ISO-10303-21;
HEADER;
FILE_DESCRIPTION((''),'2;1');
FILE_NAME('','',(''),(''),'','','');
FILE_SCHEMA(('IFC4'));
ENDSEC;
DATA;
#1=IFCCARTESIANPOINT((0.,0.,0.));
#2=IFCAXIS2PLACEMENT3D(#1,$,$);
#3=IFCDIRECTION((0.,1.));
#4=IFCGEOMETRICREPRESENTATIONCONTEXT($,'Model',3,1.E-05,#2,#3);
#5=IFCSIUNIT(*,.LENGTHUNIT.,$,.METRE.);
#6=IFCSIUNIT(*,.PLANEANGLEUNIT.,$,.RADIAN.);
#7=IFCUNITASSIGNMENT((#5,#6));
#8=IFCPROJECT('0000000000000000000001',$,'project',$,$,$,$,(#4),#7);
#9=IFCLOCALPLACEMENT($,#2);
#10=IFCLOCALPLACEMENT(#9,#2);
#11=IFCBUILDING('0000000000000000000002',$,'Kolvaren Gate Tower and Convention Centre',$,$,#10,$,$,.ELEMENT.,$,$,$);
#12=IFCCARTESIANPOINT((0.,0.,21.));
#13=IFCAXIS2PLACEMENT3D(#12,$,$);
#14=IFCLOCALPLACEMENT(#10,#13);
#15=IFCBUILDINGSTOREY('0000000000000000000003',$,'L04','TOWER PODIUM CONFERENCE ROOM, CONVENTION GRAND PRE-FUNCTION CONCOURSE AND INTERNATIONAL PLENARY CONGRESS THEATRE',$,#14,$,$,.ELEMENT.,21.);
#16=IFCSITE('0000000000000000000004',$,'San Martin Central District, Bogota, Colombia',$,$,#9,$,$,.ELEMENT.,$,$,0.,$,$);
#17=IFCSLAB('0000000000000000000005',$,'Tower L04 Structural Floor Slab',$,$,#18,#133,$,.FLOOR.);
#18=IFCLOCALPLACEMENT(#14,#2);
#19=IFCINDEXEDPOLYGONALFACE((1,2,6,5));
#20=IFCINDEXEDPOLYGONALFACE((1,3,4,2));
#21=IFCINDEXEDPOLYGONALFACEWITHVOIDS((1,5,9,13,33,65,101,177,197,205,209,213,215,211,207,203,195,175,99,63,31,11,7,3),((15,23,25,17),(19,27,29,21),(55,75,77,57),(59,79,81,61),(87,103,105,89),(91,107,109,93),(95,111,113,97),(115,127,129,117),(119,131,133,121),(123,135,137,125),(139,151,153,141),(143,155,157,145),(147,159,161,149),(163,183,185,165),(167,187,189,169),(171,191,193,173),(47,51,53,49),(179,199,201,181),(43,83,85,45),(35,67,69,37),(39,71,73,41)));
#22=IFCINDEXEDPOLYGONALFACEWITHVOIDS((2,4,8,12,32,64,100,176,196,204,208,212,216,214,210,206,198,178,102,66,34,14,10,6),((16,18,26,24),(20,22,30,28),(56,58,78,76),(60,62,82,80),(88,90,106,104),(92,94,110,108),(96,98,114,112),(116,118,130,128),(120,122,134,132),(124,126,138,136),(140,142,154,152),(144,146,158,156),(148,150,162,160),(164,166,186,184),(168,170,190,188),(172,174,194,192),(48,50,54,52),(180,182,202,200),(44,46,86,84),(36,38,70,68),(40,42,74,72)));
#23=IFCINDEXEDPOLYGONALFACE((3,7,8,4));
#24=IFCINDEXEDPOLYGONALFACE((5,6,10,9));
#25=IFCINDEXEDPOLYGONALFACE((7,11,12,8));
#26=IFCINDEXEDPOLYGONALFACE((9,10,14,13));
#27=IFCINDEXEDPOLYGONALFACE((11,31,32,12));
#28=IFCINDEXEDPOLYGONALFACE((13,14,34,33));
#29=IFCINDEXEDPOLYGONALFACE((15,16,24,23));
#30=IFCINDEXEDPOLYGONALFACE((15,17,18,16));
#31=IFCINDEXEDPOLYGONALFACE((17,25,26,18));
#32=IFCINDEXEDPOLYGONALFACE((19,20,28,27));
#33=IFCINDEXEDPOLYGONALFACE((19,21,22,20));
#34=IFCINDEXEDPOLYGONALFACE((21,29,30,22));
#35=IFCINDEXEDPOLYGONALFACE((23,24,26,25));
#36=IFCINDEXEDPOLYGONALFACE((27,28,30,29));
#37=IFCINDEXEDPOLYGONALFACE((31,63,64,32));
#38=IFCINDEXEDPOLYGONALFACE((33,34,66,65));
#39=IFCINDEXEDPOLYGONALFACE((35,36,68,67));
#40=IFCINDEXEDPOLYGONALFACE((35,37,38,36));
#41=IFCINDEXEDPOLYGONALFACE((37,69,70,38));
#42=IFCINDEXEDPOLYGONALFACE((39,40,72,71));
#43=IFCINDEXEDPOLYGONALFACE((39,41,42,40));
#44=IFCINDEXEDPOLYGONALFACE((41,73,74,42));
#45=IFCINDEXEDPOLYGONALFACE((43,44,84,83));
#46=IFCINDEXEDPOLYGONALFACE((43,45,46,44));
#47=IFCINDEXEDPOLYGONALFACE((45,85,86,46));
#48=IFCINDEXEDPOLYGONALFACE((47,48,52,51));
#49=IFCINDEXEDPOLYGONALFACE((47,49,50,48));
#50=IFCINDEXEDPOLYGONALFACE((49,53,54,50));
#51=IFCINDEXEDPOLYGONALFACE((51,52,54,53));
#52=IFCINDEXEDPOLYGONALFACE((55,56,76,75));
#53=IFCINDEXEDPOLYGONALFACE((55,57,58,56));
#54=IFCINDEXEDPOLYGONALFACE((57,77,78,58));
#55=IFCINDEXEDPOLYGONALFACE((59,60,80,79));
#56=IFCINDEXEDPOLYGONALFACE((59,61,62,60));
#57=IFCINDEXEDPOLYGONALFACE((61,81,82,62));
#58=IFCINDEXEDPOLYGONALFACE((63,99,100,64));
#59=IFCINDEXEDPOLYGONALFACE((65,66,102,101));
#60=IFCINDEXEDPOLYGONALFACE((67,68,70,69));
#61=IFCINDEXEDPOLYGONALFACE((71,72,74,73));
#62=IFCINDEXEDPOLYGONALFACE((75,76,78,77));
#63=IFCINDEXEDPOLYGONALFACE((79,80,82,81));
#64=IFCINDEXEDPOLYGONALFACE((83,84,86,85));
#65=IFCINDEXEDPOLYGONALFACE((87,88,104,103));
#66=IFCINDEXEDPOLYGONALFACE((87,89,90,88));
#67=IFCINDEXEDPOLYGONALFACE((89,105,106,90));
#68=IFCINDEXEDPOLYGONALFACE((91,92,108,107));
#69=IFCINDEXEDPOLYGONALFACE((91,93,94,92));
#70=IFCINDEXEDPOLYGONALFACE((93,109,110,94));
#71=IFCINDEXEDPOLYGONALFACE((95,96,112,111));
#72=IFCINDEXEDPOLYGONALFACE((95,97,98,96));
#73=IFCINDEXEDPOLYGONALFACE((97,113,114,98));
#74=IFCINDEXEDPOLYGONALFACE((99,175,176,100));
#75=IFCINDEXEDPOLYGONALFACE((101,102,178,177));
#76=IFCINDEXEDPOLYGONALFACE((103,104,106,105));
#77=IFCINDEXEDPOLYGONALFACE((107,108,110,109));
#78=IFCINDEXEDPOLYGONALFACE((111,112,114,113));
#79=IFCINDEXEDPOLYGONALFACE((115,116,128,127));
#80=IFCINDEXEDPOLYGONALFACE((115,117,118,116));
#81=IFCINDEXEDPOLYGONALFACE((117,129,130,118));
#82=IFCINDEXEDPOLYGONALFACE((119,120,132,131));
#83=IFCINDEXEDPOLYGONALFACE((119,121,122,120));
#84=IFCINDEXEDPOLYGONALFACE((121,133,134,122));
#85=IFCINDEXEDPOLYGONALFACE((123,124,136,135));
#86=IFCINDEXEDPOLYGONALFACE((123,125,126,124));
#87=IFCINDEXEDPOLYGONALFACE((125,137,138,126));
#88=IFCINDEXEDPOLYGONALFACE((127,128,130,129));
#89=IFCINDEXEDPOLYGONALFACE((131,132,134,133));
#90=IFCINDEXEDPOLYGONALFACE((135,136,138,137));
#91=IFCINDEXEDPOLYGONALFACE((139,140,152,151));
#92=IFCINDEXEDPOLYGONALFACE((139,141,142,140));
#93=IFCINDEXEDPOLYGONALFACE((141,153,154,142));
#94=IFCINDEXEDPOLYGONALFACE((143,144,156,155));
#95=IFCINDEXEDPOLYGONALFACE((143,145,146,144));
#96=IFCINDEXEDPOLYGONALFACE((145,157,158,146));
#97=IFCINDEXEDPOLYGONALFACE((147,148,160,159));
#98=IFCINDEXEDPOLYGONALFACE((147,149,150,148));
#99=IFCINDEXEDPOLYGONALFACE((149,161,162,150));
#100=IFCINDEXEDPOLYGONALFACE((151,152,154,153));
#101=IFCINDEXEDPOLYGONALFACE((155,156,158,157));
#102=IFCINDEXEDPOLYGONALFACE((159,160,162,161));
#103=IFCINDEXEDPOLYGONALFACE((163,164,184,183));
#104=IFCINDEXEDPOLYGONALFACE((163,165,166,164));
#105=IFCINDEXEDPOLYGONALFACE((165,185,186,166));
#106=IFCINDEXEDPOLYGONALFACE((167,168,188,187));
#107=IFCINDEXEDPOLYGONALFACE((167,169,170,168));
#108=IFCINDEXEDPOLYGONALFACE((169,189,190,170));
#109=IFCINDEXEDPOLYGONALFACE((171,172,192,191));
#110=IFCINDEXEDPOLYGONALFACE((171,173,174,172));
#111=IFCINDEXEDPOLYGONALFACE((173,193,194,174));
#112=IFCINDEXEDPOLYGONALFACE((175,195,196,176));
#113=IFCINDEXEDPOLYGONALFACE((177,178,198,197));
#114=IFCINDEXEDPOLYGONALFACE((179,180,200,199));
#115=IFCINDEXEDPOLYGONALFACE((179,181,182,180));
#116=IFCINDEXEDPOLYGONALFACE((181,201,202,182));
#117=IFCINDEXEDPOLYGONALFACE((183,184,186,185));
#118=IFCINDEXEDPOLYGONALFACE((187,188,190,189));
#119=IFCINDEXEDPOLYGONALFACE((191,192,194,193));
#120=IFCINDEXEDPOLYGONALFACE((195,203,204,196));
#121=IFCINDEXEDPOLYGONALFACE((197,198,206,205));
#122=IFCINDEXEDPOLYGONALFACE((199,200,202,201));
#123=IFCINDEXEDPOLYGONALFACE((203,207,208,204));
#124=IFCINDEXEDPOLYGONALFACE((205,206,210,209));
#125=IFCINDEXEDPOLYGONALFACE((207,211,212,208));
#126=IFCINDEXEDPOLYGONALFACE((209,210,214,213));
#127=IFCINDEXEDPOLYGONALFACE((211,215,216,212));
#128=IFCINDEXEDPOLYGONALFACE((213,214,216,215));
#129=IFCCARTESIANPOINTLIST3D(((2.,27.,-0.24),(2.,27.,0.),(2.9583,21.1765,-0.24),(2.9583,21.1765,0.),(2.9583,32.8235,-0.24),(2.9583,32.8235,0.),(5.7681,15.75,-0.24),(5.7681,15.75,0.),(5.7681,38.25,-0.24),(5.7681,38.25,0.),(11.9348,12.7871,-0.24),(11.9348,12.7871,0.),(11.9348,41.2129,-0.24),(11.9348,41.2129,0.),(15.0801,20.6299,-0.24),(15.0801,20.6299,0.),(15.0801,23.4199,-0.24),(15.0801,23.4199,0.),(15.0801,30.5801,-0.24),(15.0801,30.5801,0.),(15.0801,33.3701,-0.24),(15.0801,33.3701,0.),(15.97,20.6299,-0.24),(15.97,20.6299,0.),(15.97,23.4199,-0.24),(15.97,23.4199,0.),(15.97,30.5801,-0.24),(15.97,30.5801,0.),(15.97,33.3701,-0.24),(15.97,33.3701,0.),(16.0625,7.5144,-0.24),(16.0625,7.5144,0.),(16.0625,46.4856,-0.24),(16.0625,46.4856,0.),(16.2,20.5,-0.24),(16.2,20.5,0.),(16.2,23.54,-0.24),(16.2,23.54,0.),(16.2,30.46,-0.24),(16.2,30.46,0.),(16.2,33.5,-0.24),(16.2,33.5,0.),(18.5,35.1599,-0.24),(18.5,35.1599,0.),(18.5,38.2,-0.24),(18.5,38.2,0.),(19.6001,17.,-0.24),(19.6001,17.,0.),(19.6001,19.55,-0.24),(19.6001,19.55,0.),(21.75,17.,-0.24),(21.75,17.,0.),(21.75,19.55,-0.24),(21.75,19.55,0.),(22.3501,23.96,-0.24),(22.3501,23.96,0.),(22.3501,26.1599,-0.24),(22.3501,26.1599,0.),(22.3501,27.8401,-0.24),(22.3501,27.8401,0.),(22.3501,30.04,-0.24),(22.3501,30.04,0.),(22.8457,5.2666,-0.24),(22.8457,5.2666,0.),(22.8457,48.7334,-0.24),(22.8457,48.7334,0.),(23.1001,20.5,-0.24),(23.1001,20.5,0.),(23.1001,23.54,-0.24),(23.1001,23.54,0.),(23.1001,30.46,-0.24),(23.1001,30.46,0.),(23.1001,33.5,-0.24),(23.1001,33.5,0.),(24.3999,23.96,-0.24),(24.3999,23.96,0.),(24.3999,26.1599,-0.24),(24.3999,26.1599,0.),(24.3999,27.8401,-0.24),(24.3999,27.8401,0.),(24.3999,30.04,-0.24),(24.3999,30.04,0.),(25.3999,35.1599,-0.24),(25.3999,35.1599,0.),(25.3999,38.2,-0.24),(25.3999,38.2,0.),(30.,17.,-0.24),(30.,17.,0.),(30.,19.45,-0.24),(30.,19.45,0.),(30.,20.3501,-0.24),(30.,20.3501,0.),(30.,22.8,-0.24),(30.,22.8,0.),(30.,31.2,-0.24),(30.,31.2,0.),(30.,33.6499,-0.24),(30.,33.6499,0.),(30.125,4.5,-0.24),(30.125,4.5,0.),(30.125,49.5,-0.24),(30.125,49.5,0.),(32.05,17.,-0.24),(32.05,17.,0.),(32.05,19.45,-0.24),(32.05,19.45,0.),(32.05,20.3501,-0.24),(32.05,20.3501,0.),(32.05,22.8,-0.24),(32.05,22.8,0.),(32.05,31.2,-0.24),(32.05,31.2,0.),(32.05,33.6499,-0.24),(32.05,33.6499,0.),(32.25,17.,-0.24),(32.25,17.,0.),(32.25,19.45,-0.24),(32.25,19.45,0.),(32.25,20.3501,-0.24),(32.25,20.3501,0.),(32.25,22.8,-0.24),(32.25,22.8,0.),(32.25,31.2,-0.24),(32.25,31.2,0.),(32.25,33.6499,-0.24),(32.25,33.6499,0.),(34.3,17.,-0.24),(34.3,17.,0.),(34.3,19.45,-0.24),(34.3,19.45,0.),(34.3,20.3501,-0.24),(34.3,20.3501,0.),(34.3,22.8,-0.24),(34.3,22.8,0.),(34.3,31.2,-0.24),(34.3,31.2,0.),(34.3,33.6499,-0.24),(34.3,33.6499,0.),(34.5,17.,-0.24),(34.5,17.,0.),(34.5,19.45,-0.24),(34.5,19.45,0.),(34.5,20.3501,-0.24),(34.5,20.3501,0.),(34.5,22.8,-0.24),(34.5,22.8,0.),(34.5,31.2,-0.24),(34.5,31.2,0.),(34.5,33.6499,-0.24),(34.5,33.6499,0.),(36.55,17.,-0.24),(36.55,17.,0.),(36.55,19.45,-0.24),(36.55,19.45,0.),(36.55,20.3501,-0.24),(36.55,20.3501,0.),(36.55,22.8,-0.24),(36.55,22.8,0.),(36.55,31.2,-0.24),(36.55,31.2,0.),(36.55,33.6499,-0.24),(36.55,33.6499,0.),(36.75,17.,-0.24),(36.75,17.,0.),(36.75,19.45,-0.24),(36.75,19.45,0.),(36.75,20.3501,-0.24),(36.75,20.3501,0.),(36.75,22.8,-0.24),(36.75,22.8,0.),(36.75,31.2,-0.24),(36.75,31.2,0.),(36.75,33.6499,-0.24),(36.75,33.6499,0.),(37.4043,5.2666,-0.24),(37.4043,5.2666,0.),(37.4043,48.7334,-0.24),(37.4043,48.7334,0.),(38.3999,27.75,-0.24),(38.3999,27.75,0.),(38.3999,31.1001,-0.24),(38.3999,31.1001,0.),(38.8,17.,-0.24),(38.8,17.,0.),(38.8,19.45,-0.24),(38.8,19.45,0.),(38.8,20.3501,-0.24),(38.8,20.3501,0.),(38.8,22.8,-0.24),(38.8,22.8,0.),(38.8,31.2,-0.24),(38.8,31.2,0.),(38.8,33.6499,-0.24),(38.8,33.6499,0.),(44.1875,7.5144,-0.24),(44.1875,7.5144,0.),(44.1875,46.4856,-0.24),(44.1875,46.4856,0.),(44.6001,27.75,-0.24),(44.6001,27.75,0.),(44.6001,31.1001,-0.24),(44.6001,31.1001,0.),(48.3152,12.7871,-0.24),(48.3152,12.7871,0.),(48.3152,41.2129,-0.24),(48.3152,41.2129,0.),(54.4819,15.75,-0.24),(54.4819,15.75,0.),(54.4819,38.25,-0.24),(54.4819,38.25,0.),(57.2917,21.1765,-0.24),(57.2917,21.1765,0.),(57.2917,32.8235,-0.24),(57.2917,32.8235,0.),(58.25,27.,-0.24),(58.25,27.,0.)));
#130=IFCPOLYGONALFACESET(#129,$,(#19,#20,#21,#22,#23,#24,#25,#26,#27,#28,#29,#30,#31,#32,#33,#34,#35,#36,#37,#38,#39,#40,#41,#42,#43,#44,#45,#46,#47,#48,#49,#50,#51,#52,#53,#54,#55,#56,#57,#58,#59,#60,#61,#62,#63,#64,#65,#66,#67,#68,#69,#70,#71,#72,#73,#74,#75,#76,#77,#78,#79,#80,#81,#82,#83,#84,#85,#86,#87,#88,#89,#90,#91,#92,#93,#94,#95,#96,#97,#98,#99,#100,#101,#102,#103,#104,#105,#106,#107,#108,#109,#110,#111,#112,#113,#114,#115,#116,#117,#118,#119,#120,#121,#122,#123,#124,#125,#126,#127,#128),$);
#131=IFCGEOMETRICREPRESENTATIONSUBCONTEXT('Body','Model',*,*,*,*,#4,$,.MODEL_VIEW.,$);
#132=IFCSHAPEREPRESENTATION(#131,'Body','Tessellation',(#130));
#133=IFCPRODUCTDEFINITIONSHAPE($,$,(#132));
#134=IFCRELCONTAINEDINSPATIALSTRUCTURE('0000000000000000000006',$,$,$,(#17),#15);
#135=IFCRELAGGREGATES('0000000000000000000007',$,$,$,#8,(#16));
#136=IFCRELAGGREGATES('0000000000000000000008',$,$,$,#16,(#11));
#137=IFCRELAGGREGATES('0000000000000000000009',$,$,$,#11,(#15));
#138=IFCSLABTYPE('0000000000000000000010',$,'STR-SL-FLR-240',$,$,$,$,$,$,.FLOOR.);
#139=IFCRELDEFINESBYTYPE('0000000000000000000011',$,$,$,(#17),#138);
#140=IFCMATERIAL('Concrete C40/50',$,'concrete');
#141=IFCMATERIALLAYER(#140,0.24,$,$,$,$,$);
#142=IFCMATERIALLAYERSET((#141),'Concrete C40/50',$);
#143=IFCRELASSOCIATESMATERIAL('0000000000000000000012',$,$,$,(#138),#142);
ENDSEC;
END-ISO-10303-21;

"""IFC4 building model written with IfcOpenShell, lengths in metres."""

from ifc_helpers import new_model, si_unit, direction, frame, origin, place, context, subcontext, project, spatial, polyline, outline, extrude, material, layer, layer_set, type_object, element, save


model = new_model("IFC4")

# Units and contexts
model_context = context("Model", 3, precision=1e-05, world=origin(), true_north=direction((0.0, 1.0)))
body_context = subcontext(model_context, "Body", "Model", "MODEL_VIEW")
ifc_project = project(units=[si_unit("LENGTHUNIT", "METRE"), si_unit("PLANEANGLEUNIT", "RADIAN")], contexts=[model_context])

# Site, building, storey
site_placement = place(None, origin())
site = spatial("IfcSite", under=ifc_project, at=site_placement, Name="San Martin Central District, Bogota, Colombia", CompositionType="ELEMENT", RefElevation=0.0)
building_placement = place(site_placement, origin())
building = spatial("IfcBuilding", under=site, at=building_placement, Name="Kolvaren Gate Tower and Convention Centre", CompositionType="ELEMENT")
storey_placement = place(building_placement, frame((0.0, 0.0, 21.0)))
storey = spatial("IfcBuildingStorey", under=building, at=storey_placement, Name="L04", Description="TOWER PODIUM CONFERENCE ROOM, CONVENTION GRAND PRE-FUNCTION CONCOURSE AND INTERNATIONAL PLENARY CONGRESS THEATRE", CompositionType="ELEMENT", Elevation=21.0)

# Slab
ifc_material_1 = material(Name="Concrete C40/50", Category="concrete")
ifc_layer_1 = layer(ifc_material_1, 0.24)
ifc_layer_set_1 = layer_set([ifc_layer_1], Name="Concrete C40/50")
slab_type_1 = type_object("IfcSlabType", Name="STR-SL-FLR-240", PredefinedType="FLOOR", material=ifc_layer_set_1)
slab_1_placement = place(storey_placement, frame((0.0, 0.0, -0.24)))
element("IfcSlab", 1, at=slab_1_placement, inside=storey, type_object=slab_type_1, Name="Tower L04 Structural Floor Slab", PredefinedType="FLOOR", context=body_context, shape_type="SweptSolid", body=[
    extrude(outline(polyline([(58.25, 27.0), (57.2917, 32.8235), (54.4819, 38.25), (48.3152, 41.2129), (44.1875, 46.4856), (37.4043, 48.7334), (30.125, 49.5), (22.8457, 48.7334), (16.0625, 46.4856), (11.9348, 41.2129), (5.7681, 38.25), (2.9583, 32.8235), (2.0, 27.0), (2.9583, 21.1765), (5.7681, 15.75), (11.9348, 12.7871), (16.0625, 7.5144), (22.8457, 5.2666), (30.125, 4.5), (37.4043, 5.2666), (44.1875, 7.5144), (48.3152, 12.7871), (54.4819, 15.75), (57.2917, 21.1765), (58.25, 27.0)]), holes=[polyline([(38.3999, 31.1001), (44.6001, 31.1001), (44.6001, 27.75), (38.3999, 27.75), (38.3999, 31.1001)]), polyline([(36.75, 33.6499), (38.8, 33.6499), (38.8, 31.2), (36.75, 31.2), (36.75, 33.6499)]), polyline([(36.75, 22.8), (38.8, 22.8), (38.8, 20.3501), (36.75, 20.3501), (36.75, 22.8)]), polyline([(36.75, 19.45), (38.8, 19.45), (38.8, 17.0), (36.75, 17.0), (36.75, 19.45)]), polyline([(34.5, 33.6499), (36.55, 33.6499), (36.55, 31.2), (34.5, 31.2), (34.5, 33.6499)]), polyline([(34.5, 20.3501), (34.5, 22.8), (36.55, 22.8), (36.55, 20.3501), (34.5, 20.3501)]), polyline([(34.5, 17.0), (34.5, 19.45), (36.55, 19.45), (36.55, 17.0), (34.5, 17.0)]), polyline([(32.25, 31.2), (32.25, 33.6499), (34.3, 33.6499), (34.3, 31.2), (32.25, 31.2)]), polyline([(32.25, 22.8), (34.3, 22.8), (34.3, 20.3501), (32.25, 20.3501), (32.25, 22.8)]), polyline([(32.25, 17.0), (32.25, 19.45), (34.3, 19.45), (34.3, 17.0), (32.25, 17.0)]), polyline([(30.0, 33.6499), (32.05, 33.6499), (32.05, 31.2), (30.0, 31.2), (30.0, 33.6499)]), polyline([(30.0, 20.3501), (30.0, 22.8), (32.05, 22.8), (32.05, 20.3501), (30.0, 20.3501)]), polyline([(30.0, 17.0), (30.0, 19.45), (32.05, 19.45), (32.05, 17.0), (30.0, 17.0)]), polyline([(25.3999, 38.2), (25.3999, 35.1599), (18.5, 35.1599), (18.5, 38.2), (25.3999, 38.2)]), polyline([(22.3501, 27.8401), (22.3501, 30.04), (24.3999, 30.04), (24.3999, 27.8401), (22.3501, 27.8401)]), polyline([(22.3501, 23.96), (22.3501, 26.1599), (24.3999, 26.1599), (24.3999, 23.96), (22.3501, 23.96)]), polyline([(23.1001, 30.46), (16.2, 30.46), (16.2, 33.5), (23.1001, 33.5), (23.1001, 30.46)]), polyline([(23.1001, 20.5), (16.2, 20.5), (16.2, 23.54), (23.1001, 23.54), (23.1001, 20.5)]), polyline([(19.6001, 17.0), (19.6001, 19.55), (21.75, 19.55), (21.75, 17.0), (19.6001, 17.0)]), polyline([(15.0801, 23.4199), (15.97, 23.4199), (15.97, 20.6299), (15.0801, 20.6299), (15.0801, 23.4199)]), polyline([(15.0801, 30.5801), (15.0801, 33.3701), (15.97, 33.3701), (15.97, 30.5801), (15.0801, 30.5801)])]), origin(), (0.0, 0.0, 1.0), 0.24),
])

save(model, "model.ifc")
